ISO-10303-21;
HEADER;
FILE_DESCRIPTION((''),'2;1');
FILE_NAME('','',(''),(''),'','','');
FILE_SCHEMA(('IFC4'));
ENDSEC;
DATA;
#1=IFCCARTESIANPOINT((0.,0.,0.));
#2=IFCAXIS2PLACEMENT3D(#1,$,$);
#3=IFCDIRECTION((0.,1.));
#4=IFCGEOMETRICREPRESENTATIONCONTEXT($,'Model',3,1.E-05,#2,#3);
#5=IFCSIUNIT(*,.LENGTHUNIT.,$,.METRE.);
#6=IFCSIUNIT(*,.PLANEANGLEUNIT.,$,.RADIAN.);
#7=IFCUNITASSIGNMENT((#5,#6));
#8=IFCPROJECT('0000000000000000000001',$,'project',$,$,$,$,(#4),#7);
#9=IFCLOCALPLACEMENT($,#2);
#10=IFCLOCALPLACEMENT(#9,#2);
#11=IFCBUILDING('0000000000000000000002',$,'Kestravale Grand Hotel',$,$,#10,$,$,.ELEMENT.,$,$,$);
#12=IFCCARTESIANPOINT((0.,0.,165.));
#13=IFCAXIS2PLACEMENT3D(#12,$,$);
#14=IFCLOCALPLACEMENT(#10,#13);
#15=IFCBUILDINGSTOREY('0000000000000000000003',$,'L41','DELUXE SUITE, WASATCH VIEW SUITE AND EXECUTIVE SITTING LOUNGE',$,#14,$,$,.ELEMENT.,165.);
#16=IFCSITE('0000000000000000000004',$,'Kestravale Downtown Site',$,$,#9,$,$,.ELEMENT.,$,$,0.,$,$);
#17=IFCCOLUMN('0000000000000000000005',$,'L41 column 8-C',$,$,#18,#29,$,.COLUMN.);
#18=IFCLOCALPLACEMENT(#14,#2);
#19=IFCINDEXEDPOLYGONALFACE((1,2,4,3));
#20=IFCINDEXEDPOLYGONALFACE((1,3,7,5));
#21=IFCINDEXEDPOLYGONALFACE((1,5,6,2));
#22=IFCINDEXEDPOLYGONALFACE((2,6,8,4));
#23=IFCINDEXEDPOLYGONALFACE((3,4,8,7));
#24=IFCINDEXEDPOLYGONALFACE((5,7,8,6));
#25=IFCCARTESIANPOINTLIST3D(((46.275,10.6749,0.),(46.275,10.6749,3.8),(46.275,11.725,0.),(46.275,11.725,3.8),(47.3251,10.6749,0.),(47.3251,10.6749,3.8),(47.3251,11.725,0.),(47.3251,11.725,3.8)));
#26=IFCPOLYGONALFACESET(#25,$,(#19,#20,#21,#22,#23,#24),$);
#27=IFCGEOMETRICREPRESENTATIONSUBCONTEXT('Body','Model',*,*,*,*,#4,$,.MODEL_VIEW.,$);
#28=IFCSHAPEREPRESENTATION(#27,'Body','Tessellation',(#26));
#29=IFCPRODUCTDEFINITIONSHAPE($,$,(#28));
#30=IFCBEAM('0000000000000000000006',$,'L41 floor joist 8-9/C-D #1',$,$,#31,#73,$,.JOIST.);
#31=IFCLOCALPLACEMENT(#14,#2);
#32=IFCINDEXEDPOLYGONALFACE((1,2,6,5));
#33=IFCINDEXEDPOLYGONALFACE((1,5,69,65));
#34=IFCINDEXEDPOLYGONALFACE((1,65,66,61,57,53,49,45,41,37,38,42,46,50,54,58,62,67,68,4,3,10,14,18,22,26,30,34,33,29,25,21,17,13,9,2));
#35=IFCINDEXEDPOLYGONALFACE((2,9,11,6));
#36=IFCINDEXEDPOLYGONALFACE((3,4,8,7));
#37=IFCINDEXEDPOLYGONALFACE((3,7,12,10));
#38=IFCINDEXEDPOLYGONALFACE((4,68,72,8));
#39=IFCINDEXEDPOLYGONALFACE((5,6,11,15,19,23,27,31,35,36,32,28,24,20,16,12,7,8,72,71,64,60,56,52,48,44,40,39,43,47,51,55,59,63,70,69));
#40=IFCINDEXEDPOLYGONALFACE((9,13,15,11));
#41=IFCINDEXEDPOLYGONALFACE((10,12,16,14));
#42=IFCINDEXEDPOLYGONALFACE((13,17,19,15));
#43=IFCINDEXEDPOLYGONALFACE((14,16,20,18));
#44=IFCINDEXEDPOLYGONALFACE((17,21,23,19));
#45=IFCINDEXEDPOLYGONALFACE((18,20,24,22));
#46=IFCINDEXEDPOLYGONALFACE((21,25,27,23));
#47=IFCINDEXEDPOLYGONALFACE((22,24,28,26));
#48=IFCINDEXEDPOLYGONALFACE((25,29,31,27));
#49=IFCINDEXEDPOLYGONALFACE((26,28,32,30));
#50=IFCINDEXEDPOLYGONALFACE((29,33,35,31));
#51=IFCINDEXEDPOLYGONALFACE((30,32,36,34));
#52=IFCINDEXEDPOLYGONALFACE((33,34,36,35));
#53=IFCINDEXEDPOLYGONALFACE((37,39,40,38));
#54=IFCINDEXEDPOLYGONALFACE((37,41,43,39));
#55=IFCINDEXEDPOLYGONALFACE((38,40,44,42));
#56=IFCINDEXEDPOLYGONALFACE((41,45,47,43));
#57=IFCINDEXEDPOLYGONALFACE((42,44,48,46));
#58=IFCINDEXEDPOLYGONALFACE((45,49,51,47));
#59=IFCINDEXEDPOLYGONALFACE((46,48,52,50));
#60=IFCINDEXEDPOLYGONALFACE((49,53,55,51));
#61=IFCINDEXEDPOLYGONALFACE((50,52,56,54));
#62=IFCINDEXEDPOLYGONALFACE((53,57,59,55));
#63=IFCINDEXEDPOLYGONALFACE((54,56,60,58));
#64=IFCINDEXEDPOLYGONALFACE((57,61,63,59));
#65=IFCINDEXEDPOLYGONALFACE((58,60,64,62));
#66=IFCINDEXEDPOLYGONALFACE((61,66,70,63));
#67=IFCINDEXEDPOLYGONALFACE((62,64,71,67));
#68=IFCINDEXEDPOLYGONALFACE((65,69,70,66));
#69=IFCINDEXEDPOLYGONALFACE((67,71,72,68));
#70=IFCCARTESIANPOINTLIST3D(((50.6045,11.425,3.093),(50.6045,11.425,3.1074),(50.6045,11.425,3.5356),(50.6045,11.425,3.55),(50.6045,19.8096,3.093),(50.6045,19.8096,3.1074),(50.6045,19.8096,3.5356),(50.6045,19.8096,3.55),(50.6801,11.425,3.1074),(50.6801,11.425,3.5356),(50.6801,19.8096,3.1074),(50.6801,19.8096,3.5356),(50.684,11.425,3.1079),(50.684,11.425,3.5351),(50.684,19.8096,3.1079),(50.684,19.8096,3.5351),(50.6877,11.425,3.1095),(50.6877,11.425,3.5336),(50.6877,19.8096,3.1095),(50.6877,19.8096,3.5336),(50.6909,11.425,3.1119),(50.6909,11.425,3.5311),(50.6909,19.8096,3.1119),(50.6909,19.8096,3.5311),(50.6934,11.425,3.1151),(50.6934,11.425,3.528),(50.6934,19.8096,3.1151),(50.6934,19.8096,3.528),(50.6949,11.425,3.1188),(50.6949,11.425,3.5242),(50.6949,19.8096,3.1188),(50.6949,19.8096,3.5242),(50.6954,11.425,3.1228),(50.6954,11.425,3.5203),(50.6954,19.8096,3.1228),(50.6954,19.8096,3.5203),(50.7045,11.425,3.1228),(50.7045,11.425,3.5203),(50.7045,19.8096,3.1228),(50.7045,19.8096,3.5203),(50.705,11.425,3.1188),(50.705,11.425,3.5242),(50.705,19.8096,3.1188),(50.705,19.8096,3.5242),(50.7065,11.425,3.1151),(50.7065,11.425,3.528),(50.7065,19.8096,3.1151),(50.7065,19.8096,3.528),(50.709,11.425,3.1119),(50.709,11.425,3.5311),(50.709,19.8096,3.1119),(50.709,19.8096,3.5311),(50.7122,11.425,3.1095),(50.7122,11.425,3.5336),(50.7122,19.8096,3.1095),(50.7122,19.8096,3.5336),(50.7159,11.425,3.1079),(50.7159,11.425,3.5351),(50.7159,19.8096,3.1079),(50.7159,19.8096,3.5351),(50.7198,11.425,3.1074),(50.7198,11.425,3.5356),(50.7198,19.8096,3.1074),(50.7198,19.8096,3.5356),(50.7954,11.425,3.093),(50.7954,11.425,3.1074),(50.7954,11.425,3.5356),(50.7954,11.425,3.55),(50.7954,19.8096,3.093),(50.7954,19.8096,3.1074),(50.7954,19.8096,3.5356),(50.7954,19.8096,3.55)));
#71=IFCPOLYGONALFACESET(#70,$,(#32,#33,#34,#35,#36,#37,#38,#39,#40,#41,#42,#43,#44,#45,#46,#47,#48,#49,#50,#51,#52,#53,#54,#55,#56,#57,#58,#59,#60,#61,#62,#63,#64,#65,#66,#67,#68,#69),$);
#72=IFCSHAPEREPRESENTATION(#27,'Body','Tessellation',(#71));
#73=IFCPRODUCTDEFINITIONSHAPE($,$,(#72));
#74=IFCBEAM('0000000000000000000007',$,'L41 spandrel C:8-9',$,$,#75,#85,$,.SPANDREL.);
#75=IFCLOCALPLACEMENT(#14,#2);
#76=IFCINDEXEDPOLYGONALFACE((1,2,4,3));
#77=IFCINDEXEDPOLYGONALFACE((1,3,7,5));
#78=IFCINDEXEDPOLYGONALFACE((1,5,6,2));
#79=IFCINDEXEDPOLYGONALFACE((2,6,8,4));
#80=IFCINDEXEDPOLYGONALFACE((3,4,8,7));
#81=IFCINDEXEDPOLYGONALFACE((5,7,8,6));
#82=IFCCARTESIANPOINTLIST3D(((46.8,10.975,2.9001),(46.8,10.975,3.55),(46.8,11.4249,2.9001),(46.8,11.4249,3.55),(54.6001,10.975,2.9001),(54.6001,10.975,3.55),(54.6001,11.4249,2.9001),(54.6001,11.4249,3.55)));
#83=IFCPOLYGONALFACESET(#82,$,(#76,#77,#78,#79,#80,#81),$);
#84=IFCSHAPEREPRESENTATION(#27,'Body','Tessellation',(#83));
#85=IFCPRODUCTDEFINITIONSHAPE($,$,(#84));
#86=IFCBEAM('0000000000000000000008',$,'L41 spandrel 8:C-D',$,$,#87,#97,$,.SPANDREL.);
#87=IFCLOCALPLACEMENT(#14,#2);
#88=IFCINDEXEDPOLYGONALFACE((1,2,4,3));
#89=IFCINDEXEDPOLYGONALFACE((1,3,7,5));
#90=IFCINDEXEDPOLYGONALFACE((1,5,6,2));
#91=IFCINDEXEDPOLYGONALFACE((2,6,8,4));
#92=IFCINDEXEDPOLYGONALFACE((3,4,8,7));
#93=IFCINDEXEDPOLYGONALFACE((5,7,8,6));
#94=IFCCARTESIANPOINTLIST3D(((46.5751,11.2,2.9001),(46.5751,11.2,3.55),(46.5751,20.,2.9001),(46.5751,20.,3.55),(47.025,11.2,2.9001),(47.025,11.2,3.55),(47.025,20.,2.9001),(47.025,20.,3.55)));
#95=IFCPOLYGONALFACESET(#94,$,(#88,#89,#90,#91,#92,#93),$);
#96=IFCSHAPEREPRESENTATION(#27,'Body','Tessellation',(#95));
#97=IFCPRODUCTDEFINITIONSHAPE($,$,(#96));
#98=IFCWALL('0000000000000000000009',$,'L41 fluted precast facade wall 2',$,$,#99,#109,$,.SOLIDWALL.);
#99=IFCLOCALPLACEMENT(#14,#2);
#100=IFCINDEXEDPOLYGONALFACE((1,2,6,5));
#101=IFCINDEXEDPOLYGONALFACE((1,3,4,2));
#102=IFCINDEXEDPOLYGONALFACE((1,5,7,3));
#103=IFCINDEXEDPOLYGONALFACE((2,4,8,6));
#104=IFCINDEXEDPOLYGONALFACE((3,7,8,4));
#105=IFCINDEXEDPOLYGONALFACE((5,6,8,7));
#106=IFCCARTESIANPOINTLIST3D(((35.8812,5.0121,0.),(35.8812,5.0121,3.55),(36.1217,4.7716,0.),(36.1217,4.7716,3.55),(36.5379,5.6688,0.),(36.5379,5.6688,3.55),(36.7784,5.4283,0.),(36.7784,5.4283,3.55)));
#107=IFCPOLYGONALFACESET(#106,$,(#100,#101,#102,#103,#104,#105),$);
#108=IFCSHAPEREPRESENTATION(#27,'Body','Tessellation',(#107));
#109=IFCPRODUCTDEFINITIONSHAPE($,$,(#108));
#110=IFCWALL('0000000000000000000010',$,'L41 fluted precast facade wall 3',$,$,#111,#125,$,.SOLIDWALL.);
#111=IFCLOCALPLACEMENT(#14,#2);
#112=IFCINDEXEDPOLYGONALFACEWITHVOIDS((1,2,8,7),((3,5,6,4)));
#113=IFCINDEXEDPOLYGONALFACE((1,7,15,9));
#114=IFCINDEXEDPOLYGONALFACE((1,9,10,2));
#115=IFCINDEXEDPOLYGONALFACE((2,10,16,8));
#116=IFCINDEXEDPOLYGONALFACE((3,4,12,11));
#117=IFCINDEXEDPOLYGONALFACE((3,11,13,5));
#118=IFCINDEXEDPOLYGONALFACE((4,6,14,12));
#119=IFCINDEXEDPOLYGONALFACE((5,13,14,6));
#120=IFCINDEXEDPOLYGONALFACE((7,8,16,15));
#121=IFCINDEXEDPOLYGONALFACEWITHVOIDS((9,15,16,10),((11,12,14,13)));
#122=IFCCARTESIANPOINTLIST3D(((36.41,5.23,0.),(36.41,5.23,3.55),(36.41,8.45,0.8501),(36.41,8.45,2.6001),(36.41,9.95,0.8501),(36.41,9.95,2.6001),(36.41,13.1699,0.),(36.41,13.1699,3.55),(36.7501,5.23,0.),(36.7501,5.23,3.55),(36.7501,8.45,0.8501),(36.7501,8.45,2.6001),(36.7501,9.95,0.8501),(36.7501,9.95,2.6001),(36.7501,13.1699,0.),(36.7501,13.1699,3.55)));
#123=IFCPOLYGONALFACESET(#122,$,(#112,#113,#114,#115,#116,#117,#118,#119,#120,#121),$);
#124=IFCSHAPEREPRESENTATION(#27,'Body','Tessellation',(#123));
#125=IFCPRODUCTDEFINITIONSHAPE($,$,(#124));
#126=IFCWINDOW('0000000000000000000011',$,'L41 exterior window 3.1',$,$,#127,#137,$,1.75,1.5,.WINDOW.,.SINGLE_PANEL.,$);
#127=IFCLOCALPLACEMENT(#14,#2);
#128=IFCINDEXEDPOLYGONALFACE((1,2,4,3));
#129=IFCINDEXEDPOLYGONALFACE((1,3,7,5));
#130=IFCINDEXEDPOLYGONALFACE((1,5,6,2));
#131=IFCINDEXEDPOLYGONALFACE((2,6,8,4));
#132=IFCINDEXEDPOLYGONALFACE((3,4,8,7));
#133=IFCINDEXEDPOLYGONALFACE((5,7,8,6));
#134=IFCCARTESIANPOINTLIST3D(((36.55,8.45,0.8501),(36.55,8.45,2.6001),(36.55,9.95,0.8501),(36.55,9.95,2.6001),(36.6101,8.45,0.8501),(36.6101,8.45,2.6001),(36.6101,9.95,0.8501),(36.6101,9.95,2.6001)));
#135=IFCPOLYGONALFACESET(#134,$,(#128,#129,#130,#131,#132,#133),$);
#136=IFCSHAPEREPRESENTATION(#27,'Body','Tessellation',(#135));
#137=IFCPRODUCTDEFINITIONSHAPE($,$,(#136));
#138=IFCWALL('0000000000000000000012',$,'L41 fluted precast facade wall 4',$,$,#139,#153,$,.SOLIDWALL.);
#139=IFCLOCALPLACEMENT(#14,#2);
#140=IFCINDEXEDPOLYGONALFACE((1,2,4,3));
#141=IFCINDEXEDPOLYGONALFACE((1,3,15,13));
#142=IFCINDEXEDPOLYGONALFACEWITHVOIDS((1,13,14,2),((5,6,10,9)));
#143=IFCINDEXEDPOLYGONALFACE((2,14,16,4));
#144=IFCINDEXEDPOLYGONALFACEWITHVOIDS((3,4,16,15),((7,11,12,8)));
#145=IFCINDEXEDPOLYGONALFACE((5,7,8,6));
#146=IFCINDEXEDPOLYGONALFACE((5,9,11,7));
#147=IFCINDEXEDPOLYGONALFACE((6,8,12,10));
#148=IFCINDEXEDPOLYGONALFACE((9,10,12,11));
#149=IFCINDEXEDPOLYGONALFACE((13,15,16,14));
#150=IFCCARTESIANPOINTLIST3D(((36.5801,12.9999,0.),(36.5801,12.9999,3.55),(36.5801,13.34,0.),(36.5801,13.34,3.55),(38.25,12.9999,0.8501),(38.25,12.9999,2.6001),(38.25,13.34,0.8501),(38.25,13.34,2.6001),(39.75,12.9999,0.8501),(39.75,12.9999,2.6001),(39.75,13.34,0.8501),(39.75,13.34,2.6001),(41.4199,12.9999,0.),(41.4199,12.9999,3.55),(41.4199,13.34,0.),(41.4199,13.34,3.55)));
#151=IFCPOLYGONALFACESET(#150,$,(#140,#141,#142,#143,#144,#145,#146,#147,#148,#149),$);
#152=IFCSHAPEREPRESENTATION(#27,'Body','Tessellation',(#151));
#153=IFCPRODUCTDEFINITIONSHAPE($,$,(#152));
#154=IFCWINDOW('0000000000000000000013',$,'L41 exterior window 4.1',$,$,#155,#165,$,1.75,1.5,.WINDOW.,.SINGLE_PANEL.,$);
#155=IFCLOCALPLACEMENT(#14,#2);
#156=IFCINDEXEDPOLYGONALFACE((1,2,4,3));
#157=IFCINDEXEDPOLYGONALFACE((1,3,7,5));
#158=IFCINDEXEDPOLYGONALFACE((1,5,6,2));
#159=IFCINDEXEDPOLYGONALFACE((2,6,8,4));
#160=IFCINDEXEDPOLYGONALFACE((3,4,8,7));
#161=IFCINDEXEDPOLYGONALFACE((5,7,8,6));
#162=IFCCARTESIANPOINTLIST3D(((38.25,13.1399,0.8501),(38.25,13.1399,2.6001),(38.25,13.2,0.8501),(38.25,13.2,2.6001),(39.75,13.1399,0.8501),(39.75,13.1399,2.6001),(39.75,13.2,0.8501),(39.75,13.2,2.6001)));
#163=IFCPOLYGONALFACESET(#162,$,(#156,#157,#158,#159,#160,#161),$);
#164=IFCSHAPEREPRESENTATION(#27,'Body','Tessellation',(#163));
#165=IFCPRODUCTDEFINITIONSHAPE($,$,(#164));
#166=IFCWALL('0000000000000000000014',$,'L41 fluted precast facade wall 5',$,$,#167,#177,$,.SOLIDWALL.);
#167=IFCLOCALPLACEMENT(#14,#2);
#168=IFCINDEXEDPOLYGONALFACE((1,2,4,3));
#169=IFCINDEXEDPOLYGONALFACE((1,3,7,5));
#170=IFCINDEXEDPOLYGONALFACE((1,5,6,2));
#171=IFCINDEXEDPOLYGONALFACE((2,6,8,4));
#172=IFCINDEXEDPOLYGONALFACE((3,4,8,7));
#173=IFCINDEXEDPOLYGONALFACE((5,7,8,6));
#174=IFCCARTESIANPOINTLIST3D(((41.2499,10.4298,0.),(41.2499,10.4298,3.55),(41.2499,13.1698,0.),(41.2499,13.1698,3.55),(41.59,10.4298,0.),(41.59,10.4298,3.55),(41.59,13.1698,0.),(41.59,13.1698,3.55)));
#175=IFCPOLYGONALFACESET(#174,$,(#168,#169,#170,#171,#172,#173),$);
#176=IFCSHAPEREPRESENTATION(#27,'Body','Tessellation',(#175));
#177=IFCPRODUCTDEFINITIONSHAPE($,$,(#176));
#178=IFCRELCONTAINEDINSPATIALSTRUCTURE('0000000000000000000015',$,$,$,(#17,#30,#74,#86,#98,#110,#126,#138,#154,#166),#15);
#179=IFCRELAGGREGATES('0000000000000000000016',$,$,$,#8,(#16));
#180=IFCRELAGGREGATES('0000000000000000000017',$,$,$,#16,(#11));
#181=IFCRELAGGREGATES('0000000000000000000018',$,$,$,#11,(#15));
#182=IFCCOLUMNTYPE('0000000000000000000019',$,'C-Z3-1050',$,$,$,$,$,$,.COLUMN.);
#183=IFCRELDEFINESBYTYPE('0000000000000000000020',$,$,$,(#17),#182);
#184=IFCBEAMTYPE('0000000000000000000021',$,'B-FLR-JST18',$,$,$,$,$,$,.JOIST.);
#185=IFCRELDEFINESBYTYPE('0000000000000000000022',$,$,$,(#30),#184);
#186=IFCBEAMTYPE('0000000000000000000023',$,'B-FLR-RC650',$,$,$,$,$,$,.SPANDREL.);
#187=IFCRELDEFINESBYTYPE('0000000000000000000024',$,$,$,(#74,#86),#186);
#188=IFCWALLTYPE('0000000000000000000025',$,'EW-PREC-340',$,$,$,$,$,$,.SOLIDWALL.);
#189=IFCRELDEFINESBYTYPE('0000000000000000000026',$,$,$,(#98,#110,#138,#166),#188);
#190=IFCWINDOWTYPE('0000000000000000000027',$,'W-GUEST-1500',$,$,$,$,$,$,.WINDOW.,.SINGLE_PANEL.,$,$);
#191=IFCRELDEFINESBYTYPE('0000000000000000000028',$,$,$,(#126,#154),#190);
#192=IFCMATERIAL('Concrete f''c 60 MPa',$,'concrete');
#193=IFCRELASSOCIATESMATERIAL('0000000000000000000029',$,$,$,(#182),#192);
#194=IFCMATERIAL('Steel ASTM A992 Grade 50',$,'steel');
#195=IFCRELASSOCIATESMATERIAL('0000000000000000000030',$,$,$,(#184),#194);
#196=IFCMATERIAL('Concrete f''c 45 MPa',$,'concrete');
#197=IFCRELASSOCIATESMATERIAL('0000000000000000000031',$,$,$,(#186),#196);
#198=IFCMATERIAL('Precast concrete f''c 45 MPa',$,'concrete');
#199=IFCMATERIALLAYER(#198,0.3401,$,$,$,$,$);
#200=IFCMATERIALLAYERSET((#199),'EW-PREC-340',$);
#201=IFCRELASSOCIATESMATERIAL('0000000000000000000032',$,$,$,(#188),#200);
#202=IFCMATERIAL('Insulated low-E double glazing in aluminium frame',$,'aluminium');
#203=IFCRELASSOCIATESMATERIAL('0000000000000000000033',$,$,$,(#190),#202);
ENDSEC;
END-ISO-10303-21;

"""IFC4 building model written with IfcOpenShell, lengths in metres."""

from ifc_helpers import new_model, si_unit, direction, frame, frame_2d, origin, origin_2d, place, context, subcontext, project, spatial, rectangle, i_section, extrude, material, layer, layer_set, material_profile, profile_set, type_object, element, fill, save


model = new_model("IFC4")

# Units and contexts
model_context = context("Model", 3, precision=1e-05, world=origin(), true_north=direction((0.0, 1.0)))
body_context = subcontext(model_context, "Body", "Model", "MODEL_VIEW")
ifc_project = project(units=[si_unit("LENGTHUNIT", "METRE"), si_unit("PLANEANGLEUNIT", "RADIAN")], contexts=[model_context])

# Site, building, storey
site_placement = place(None, origin())
site = spatial("IfcSite", under=ifc_project, at=site_placement, Name="Kestravale Downtown Site", CompositionType="ELEMENT", RefElevation=0.0)
building_placement = place(site_placement, origin())
building = spatial("IfcBuilding", under=site, at=building_placement, Name="Kestravale Grand Hotel", CompositionType="ELEMENT")
storey_placement = place(building_placement, frame((0.0, 0.0, 165.0)))
storey = spatial("IfcBuildingStorey", under=building, at=storey_placement, Name="L41", Description="DELUXE SUITE, WASATCH VIEW SUITE AND EXECUTIVE SITTING LOUNGE", CompositionType="ELEMENT", Elevation=165.0)

# Column
ifc_material_1 = material(Name="Concrete f'c 60 MPa", Category="concrete")
ifc_material_profile_1 = material_profile(ifc_material_1, rectangle(XDim=1.05, YDim=1.05, at=origin_2d()))
ifc_profile_set_1 = profile_set([ifc_material_profile_1], Name="Concrete f'c 60 MPa")
column_type = type_object("IfcColumnType", Name="C-Z3-1050", PredefinedType="COLUMN", material=ifc_profile_set_1)
column_placement = place(storey_placement, frame((46.8, 11.2, 0.0), z_axis=(0.0, 0.0, 1.0), x_axis=(1.0, 0.0, 0.0)))
element("IfcColumn", 1, at=column_placement, inside=storey, type_object=column_type, Name="L41 column 8-C", PredefinedType="COLUMN", context=body_context, shape_type="SweptSolid", body=[
    extrude(rectangle(XDim=1.05, YDim=1.05, at=origin_2d()), origin(), (0.0, 0.0, 1.0), 3.8),
])

# Beams
ifc_material_2 = material(Name="Steel ASTM A992 Grade 50", Category="steel")
ifc_material_profile_2 = material_profile(ifc_material_2, i_section(OverallWidth=0.1909, OverallDepth=0.457, WebThickness=0.009, FlangeThickness=0.0144, FilletRadius=0.0154, at=origin_2d()))
ifc_profile_set_2 = profile_set([ifc_material_profile_2], Name="Steel ASTM A992 Grade 50")
beam_type_1 = type_object("IfcBeamType", Name="B-FLR-JST18", PredefinedType="JOIST", material=ifc_profile_set_2)
beam_1_placement = place(storey_placement, frame((50.7, 11.425, 3.3215), z_axis=(0.0, 1.0, 0.0), x_axis=(-1.0, 0.0, 0.0)))
element("IfcBeam", 2, at=beam_1_placement, inside=storey, type_object=beam_type_1, Name="L41 floor joist 8-9/C-D #1", PredefinedType="JOIST", context=body_context, shape_type="SweptSolid", body=[
    extrude(i_section(OverallWidth=0.1909, OverallDepth=0.457, WebThickness=0.009, FlangeThickness=0.0144, FilletRadius=0.0154, at=origin_2d()), origin(), (0.0, 0.0, 1.0), 8.3845),
])
ifc_material_3 = material(Name="Concrete f'c 45 MPa", Category="concrete")
ifc_material_profile_3 = material_profile(ifc_material_3, rectangle(XDim=0.45, YDim=0.6499, at=origin_2d()))
ifc_profile_set_3 = profile_set([ifc_material_profile_3], Name="Concrete f'c 45 MPa")
beam_type_2 = type_object("IfcBeamType", Name="B-FLR-RC650", PredefinedType="SPANDREL", material=ifc_profile_set_3)
beam_2_placement = place(storey_placement, frame((46.8, 11.2, 3.2251), z_axis=(1.0, 0.0, 0.0), x_axis=(0.0, 1.0, 0.0)))
element("IfcBeam", 3, at=beam_2_placement, inside=storey, type_object=beam_type_2, Name="L41 spandrel C:8-9", PredefinedType="SPANDREL", context=body_context, shape_type="SweptSolid", body=[
    extrude(rectangle(XDim=0.45, YDim=0.6499, at=origin_2d()), origin(), (0.0, 0.0, 1.0), 7.8),
])
beam_3_placement = place(storey_placement, frame((46.8, 11.2, 3.2251), z_axis=(0.0, 1.0, 0.0), x_axis=(-1.0, 0.0, 0.0)))
element("IfcBeam", 4, at=beam_3_placement, inside=storey, type_object=beam_type_2, Name="L41 spandrel 8:C-D", PredefinedType="SPANDREL", context=body_context, shape_type="SweptSolid", body=[
    extrude(rectangle(XDim=0.45, YDim=0.6499, at=origin_2d()), origin(), (0.0, 0.0, 1.0), 8.8),
])

# Wall
ifc_material_4 = material(Name="Precast concrete f'c 45 MPa", Category="concrete")
ifc_layer_1 = layer(ifc_material_4, 0.3401)
ifc_layer_set_1 = layer_set([ifc_layer_1], Name="EW-PREC-340")
wall_type_1 = type_object("IfcWallType", Name="EW-PREC-340", PredefinedType="SOLIDWALL", material=ifc_layer_set_1)
wall_1_placement = place(storey_placement, frame((36.0015, 4.8918, 0.0), z_axis=(0.0, 0.0, 1.0), x_axis=(0.707107, 0.707107, 0.0)))
element("IfcWall", 5, at=wall_1_placement, inside=storey, type_object=wall_type_1, Name="L41 fluted precast facade wall 2", PredefinedType="SOLIDWALL", context=body_context, shape_type="SweptSolid", body=[
    extrude(rectangle(XDim=0.9287, YDim=0.3401, at=frame_2d((0.4644, 0.0))), origin(), (0.0, 0.0, 1.0), 3.55),
])

# Walls, openings, windows
wall_2_placement = place(storey_placement, frame((36.5801, 5.23, 0.0), z_axis=(0.0, 0.0, 1.0), x_axis=(0.0, 1.0, 0.0)))
wall_2 = element("IfcWall", 6, at=wall_2_placement, inside=storey, type_object=wall_type_1, Name="L41 fluted precast facade wall 3", PredefinedType="SOLIDWALL", context=body_context, shape_type="SweptSolid", body=[
    extrude(rectangle(XDim=7.9399, YDim=0.3401, at=frame_2d((3.97, 0.0))), origin(), (0.0, 0.0, 1.0), 3.55),
])
opening_1_placement = place(wall_2_placement, frame((3.22, 0.0, 0.8501)))
opening_1 = element("IfcOpeningElement", 7, at=opening_1_placement, cuts=wall_2, PredefinedType="OPENING", context=body_context, shape_type="SweptSolid", body=[
    extrude(rectangle(XDim=1.5, YDim=1.75, at=frame_2d((0.75, 0.875))), frame((0.0, 0.1799, 0.0), z_axis=(0.0, -1.0, 0.0), x_axis=(1.0, 0.0, 0.0)), (0.0, 0.0, 1.0), 0.3601),
])
ifc_material_5 = material(Name="Insulated low-E double glazing in aluminium frame", Category="aluminium")
window_type = type_object("IfcWindowType", Name="W-GUEST-1500", PartitioningType="SINGLE_PANEL", PredefinedType="WINDOW", material=ifc_material_5)
window_1_placement = place(opening_1_placement, origin())
window_1 = element("IfcWindow", 8, at=window_1_placement, inside=storey, type_object=window_type, Name="L41 exterior window 3.1", OverallHeight=1.75, OverallWidth=1.5, PartitioningType="SINGLE_PANEL", PredefinedType="WINDOW", context=body_context, shape_type="SweptSolid", body=[
    extrude(rectangle(XDim=1.5, YDim=1.75, at=frame_2d((0.75, 0.875))), frame((0.0, 0.03, 0.0), z_axis=(0.0, -1.0, 0.0), x_axis=(1.0, 0.0, 0.0)), (0.0, 0.0, 1.0), 0.0601),
])
fill(opening_1, window_1)
wall_3_placement = place(storey_placement, frame((36.5801, 13.1699, 0.0), z_axis=(0.0, 0.0, 1.0), x_axis=(1.0, 0.0, 0.0)))
wall_3 = element("IfcWall", 9, at=wall_3_placement, inside=storey, type_object=wall_type_1, Name="L41 fluted precast facade wall 4", PredefinedType="SOLIDWALL", context=body_context, shape_type="SweptSolid", body=[
    extrude(rectangle(XDim=4.8398, YDim=0.3401, at=frame_2d((2.4199, 0.0))), origin(), (0.0, 0.0, 1.0), 3.55),
])
opening_2_placement = place(wall_3_placement, frame((1.6699, 0.0, 0.8501)))
opening_2 = element("IfcOpeningElement", 10, at=opening_2_placement, cuts=wall_3, PredefinedType="OPENING", context=body_context, shape_type="SweptSolid", body=[
    extrude(rectangle(XDim=1.5, YDim=1.75, at=frame_2d((0.75, 0.875))), frame((0.0, 0.1799, 0.0), z_axis=(0.0, -1.0, 0.0), x_axis=(1.0, 0.0, 0.0)), (0.0, 0.0, 1.0), 0.3601),
])
window_2_placement = place(opening_2_placement, origin())
window_2 = element("IfcWindow", 11, at=window_2_placement, inside=storey, type_object=window_type, Name="L41 exterior window 4.1", OverallHeight=1.75, OverallWidth=1.5, PartitioningType="SINGLE_PANEL", PredefinedType="WINDOW", context=body_context, shape_type="SweptSolid", body=[
    extrude(rectangle(XDim=1.5, YDim=1.75, at=frame_2d((0.75, 0.875))), frame((0.0, 0.03, 0.0), z_axis=(0.0, -1.0, 0.0), x_axis=(1.0, 0.0, 0.0)), (0.0, 0.0, 1.0), 0.0601),
])
fill(opening_2, window_2)

# Wall
wall_4_placement = place(storey_placement, frame((41.4199, 13.1699, 0.0), z_axis=(0.0, 0.0, 1.0), x_axis=(0.0, -1.0, 0.0)))
element("IfcWall", 12, at=wall_4_placement, inside=storey, type_object=wall_type_1, Name="L41 fluted precast facade wall 5", PredefinedType="SOLIDWALL", context=body_context, shape_type="SweptSolid", body=[
    extrude(rectangle(XDim=2.74, YDim=0.3401, at=frame_2d((1.3701, 0.0))), origin(), (0.0, 0.0, 1.0), 3.55),
])

save(model, "model.ifc")
